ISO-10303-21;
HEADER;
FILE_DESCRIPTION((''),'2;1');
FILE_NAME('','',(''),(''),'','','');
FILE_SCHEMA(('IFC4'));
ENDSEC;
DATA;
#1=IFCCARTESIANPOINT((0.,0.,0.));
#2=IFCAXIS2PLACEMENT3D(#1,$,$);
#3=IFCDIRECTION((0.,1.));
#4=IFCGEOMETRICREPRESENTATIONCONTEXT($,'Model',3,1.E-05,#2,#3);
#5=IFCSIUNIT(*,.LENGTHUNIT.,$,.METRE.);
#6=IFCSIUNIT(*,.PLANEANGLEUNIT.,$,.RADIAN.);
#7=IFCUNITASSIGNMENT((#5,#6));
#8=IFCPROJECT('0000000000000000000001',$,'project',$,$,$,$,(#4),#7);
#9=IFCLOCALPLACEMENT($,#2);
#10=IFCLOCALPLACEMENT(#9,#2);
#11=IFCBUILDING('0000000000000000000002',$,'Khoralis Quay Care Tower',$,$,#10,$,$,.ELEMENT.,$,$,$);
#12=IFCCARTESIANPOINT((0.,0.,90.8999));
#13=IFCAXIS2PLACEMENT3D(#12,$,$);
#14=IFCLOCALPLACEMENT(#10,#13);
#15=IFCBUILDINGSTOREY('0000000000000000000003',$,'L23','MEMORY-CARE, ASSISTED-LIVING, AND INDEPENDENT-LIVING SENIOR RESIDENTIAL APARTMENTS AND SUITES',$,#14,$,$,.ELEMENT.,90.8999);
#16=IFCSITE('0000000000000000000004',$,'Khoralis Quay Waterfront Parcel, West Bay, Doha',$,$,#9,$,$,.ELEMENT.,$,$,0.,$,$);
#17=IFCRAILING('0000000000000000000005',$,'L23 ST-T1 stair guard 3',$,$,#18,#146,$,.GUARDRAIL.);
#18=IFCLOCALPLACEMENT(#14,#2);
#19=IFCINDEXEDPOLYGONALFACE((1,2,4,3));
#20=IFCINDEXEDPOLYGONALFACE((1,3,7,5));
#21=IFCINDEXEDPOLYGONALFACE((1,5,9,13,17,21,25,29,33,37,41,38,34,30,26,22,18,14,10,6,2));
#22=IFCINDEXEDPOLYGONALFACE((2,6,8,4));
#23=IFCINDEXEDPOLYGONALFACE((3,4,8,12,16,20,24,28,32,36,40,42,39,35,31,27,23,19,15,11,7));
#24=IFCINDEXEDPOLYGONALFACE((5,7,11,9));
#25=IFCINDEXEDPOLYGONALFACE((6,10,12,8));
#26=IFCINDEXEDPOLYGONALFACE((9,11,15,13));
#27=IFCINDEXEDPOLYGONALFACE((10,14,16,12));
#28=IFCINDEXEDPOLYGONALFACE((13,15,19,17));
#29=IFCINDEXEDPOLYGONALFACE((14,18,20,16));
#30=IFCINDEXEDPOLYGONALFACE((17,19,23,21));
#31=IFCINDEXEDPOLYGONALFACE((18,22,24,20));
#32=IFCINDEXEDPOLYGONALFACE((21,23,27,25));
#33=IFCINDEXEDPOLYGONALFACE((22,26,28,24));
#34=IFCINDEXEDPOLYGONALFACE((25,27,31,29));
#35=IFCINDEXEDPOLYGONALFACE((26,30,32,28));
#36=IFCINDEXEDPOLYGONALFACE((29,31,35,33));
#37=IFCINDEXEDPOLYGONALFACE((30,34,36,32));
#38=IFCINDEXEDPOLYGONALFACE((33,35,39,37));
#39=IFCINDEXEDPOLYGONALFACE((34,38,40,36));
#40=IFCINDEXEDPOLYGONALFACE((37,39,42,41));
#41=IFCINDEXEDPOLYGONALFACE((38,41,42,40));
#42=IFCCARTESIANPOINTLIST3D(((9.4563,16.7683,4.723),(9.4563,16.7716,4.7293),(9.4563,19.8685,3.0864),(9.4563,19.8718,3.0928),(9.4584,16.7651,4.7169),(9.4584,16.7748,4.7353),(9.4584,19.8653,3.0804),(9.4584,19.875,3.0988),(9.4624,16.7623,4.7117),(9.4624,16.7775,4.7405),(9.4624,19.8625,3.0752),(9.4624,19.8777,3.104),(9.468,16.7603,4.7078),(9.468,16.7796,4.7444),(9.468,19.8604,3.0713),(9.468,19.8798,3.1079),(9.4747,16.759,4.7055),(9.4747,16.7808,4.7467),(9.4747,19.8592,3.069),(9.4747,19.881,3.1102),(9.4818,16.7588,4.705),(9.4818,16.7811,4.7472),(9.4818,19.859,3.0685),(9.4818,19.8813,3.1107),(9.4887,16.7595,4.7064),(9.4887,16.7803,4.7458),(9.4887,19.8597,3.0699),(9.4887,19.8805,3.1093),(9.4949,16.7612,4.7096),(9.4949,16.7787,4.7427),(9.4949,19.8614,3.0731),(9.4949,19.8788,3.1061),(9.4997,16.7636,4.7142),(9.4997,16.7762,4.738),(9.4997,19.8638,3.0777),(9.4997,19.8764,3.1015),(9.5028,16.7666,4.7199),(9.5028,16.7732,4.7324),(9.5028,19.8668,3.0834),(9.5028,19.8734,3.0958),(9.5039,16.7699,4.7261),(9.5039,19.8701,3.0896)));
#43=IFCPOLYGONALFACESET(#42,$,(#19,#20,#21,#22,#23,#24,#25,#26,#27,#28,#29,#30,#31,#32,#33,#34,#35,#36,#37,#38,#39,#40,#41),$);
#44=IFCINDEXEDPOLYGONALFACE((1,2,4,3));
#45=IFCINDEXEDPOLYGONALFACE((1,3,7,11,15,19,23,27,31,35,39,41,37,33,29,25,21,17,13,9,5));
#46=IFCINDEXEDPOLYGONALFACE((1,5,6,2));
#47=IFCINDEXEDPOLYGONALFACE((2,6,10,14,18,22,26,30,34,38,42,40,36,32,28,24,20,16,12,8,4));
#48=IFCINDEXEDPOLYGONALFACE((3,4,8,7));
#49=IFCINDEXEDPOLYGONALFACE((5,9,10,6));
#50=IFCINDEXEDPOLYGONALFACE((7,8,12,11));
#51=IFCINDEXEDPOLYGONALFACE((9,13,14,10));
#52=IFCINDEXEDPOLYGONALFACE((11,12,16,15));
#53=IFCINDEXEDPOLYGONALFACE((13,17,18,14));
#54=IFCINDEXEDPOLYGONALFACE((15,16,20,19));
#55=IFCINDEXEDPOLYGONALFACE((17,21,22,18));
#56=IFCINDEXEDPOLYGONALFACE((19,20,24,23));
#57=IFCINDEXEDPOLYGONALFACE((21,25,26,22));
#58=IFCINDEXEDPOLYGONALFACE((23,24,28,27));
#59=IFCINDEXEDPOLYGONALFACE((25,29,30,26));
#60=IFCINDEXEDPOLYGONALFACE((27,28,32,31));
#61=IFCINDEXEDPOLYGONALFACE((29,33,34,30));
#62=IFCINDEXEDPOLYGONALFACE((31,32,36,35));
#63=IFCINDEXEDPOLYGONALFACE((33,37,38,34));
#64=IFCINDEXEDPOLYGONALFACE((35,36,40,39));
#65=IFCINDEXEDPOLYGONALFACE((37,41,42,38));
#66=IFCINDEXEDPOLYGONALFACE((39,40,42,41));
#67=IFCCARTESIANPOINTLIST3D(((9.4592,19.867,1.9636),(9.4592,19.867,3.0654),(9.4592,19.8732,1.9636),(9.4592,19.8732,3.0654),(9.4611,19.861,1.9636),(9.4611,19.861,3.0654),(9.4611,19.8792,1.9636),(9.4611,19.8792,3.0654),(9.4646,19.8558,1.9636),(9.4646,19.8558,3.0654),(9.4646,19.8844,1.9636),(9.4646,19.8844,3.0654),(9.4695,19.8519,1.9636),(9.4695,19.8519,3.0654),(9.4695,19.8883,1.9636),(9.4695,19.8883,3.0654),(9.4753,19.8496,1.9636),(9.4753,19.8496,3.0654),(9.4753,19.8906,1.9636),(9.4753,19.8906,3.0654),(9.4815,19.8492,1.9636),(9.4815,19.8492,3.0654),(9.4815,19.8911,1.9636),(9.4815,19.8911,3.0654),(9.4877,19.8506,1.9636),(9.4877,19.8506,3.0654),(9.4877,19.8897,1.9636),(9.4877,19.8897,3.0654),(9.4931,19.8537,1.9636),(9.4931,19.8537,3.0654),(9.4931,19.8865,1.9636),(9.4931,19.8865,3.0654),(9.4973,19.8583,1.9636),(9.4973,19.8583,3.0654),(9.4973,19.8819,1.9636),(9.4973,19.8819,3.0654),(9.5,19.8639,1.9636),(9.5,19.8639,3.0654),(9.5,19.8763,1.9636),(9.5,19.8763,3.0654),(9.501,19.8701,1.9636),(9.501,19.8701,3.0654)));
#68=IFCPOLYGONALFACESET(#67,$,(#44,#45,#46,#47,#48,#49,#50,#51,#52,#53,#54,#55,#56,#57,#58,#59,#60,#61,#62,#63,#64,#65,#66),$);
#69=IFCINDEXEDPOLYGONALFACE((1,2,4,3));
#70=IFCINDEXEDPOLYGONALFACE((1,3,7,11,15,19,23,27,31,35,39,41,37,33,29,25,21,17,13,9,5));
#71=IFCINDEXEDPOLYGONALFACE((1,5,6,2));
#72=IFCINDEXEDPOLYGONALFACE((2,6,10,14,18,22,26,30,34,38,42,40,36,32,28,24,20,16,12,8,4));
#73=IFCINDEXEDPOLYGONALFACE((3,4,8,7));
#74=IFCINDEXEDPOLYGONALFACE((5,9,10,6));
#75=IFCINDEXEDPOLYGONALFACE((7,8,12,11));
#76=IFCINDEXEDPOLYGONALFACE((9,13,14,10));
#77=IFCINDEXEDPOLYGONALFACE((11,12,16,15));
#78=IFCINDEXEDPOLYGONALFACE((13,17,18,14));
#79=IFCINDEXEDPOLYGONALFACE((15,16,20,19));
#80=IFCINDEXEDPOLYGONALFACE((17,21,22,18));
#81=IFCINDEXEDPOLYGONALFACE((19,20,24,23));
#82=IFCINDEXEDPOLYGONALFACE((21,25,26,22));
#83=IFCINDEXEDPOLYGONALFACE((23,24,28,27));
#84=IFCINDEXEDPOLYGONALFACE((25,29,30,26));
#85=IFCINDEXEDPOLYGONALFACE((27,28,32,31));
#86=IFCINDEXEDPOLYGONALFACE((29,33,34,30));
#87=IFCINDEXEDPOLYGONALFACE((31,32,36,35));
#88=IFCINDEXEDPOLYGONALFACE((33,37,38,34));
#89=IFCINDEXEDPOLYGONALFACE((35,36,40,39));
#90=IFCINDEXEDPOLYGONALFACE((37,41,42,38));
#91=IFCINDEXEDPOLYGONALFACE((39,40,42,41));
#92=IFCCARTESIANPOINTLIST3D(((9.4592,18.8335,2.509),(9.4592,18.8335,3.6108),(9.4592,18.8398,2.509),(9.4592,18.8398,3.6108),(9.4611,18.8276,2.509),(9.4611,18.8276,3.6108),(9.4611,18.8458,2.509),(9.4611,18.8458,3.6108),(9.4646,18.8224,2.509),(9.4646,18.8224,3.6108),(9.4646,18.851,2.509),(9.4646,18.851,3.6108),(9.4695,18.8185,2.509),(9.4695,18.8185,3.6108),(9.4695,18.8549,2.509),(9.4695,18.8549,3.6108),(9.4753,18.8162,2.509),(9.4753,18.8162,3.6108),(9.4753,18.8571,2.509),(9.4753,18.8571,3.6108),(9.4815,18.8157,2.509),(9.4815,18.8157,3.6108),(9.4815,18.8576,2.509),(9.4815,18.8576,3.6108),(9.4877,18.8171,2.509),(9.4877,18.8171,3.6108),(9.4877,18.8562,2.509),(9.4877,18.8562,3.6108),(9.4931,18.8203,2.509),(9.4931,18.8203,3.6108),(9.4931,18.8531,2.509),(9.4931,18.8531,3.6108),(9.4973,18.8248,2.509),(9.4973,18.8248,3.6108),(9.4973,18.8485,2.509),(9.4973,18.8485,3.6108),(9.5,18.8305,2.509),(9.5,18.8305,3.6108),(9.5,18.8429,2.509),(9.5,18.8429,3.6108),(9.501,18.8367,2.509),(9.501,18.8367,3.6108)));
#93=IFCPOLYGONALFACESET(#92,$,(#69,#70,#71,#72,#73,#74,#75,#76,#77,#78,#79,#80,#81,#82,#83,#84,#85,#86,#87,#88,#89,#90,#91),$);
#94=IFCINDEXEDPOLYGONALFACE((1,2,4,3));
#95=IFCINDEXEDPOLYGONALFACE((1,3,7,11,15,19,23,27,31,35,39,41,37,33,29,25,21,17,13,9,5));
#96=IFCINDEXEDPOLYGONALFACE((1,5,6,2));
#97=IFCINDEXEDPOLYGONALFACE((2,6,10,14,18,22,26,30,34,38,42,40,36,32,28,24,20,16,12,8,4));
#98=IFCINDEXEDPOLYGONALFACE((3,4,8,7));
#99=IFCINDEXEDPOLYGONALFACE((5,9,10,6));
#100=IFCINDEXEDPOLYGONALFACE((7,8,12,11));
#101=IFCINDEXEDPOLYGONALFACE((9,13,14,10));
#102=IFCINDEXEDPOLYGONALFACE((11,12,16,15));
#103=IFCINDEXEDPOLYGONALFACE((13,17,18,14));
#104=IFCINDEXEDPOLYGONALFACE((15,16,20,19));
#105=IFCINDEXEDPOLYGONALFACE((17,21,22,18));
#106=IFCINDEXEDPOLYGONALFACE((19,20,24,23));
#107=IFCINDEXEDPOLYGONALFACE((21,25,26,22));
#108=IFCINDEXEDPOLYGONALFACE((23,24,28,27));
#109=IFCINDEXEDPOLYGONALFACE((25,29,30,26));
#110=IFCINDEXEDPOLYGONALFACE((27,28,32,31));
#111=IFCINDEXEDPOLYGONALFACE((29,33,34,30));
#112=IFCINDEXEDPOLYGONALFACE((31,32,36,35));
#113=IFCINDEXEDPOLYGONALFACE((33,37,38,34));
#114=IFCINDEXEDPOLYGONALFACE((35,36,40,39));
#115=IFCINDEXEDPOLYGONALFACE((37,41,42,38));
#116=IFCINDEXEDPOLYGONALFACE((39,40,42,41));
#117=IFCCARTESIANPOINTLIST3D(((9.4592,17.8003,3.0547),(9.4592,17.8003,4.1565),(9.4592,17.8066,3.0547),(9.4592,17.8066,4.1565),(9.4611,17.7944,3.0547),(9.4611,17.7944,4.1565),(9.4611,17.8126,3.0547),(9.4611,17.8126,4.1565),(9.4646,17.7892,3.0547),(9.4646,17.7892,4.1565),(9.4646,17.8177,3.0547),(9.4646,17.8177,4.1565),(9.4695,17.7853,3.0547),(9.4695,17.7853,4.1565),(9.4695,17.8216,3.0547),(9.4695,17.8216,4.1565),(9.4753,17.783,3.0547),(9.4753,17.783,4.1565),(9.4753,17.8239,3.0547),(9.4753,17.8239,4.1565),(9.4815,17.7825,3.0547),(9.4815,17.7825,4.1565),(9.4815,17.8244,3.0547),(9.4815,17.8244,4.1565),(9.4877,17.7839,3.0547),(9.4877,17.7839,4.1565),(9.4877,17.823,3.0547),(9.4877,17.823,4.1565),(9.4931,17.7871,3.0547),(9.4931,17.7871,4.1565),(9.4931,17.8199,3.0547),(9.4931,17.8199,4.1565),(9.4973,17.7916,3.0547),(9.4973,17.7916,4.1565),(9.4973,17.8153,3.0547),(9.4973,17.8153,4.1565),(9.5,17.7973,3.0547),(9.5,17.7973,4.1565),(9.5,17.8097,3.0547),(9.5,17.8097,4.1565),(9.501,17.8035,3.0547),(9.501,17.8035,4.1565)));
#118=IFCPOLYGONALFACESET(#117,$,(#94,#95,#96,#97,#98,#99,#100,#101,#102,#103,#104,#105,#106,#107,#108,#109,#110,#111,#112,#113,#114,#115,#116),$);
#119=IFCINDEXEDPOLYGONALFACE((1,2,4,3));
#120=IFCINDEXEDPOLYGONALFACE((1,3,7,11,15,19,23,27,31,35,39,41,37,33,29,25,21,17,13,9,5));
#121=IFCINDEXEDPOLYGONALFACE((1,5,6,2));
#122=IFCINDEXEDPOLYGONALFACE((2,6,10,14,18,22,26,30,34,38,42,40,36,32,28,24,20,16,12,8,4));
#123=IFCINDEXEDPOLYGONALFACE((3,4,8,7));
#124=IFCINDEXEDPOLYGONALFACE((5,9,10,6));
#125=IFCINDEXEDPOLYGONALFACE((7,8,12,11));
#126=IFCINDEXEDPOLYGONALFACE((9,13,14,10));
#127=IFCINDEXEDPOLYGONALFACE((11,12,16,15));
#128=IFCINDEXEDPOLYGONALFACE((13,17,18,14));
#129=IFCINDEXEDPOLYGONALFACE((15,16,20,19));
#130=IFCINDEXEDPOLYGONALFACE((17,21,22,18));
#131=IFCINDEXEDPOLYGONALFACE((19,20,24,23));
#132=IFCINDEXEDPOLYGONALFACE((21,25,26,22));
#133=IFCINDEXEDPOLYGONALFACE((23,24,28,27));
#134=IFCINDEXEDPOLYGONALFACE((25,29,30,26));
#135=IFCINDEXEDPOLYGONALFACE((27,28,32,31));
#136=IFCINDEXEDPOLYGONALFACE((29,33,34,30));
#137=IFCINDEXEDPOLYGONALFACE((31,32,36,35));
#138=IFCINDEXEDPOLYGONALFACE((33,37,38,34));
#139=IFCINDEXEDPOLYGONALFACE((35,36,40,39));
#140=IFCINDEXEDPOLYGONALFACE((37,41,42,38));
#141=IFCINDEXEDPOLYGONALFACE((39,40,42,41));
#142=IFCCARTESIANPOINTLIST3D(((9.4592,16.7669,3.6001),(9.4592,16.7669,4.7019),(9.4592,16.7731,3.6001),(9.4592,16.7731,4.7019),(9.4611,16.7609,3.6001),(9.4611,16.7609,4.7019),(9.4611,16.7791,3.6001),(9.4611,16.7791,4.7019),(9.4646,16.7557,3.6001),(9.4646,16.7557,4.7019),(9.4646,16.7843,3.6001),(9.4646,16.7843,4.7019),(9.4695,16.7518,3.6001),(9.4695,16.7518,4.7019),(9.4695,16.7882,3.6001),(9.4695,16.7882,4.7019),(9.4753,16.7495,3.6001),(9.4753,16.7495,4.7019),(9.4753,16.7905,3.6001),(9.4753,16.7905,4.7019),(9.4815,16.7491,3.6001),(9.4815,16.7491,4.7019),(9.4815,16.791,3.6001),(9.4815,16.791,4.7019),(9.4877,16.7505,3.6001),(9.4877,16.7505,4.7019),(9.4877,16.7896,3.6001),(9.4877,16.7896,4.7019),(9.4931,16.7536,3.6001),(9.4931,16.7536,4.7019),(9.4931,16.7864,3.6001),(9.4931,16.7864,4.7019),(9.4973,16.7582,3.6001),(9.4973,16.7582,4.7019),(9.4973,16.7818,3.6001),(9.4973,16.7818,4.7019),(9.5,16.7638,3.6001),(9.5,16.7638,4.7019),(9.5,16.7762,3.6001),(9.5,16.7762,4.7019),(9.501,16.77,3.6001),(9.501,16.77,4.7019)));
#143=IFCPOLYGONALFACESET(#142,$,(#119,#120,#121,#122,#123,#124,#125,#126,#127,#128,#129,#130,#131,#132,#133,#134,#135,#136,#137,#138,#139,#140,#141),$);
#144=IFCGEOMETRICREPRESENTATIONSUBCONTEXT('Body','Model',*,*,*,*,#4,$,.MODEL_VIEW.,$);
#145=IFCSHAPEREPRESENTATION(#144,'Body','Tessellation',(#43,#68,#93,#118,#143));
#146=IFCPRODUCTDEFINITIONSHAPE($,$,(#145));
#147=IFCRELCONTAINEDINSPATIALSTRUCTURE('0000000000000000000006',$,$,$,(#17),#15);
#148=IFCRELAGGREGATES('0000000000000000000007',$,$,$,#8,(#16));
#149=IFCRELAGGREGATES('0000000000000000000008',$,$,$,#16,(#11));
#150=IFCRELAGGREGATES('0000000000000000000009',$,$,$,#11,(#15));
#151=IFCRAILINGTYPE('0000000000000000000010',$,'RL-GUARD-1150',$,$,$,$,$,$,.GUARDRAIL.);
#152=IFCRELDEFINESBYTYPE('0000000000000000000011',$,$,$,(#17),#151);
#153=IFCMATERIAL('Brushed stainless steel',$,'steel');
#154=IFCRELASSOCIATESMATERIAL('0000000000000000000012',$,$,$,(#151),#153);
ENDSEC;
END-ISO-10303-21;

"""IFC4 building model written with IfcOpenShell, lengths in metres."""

from ifc_helpers import new_model, si_unit, direction, frame, origin, origin_2d, place, context, subcontext, project, spatial, circle, extrude, material, type_object, element, save


model = new_model("IFC4")

# Units and contexts
model_context = context("Model", 3, precision=1e-05, world=origin(), true_north=direction((0.0, 1.0)))
body_context = subcontext(model_context, "Body", "Model", "MODEL_VIEW")
ifc_project = project(units=[si_unit("LENGTHUNIT", "METRE"), si_unit("PLANEANGLEUNIT", "RADIAN")], contexts=[model_context])

# Site, building, storey
site_placement = place(None, origin())
site = spatial("IfcSite", under=ifc_project, at=site_placement, Name="Khoralis Quay Waterfront Parcel, West Bay, Doha", CompositionType="ELEMENT", RefElevation=0.0)
building_placement = place(site_placement, origin())
building = spatial("IfcBuilding", under=site, at=building_placement, Name="Khoralis Quay Care Tower", CompositionType="ELEMENT")
storey_placement = place(building_placement, frame((0.0, 0.0, 90.8999)))
storey = spatial("IfcBuildingStorey", under=building, at=storey_placement, Name="L23", Description="MEMORY-CARE, ASSISTED-LIVING, AND INDEPENDENT-LIVING SENIOR RESIDENTIAL APARTMENTS AND SUITES", CompositionType="ELEMENT", Elevation=90.8999)

# Shared definitions
ifc_material_1 = material(Name="Brushed stainless steel", Category="steel")

# Railing
railing_type_1 = type_object("IfcRailingType", Name="RL-GUARD-1150", PredefinedType="GUARDRAIL", material=ifc_material_1)
railing_1_placement = place(storey_placement, frame((9.48, 19.8701, 1.9636)))
element("IfcRailing", 1, at=railing_1_placement, inside=storey, type_object=railing_type_1, Name="L23 ST-T1 stair guard 3", PredefinedType="GUARDRAIL", context=body_context, shape_type="SweptSolid", body=[
    extrude(circle(Radius=0.0239, at=origin_2d()), frame((0.0, 0.0, 1.126), z_axis=(0.0, -0.884348, 0.466828), x_axis=(1.0, 0.0, 0.0)), (0.0, 0.0, 1.0), 3.5056),
    extrude(circle(Radius=0.021, at=origin_2d()), origin(), (0.0, 0.0, 1.0), 1.1018),
    extrude(circle(Radius=0.021, at=origin_2d()), frame((0.0, -1.0334, 0.5454)), (0.0, 0.0, 1.0), 1.1018),
    extrude(circle(Radius=0.021, at=origin_2d()), frame((0.0, -2.0667, 1.0911)), (0.0, 0.0, 1.0), 1.1018),
    extrude(circle(Radius=0.021, at=origin_2d()), frame((0.0, -3.1001, 1.6365)), (0.0, 0.0, 1.0), 1.1018),
])

save(model, "model.ifc")
